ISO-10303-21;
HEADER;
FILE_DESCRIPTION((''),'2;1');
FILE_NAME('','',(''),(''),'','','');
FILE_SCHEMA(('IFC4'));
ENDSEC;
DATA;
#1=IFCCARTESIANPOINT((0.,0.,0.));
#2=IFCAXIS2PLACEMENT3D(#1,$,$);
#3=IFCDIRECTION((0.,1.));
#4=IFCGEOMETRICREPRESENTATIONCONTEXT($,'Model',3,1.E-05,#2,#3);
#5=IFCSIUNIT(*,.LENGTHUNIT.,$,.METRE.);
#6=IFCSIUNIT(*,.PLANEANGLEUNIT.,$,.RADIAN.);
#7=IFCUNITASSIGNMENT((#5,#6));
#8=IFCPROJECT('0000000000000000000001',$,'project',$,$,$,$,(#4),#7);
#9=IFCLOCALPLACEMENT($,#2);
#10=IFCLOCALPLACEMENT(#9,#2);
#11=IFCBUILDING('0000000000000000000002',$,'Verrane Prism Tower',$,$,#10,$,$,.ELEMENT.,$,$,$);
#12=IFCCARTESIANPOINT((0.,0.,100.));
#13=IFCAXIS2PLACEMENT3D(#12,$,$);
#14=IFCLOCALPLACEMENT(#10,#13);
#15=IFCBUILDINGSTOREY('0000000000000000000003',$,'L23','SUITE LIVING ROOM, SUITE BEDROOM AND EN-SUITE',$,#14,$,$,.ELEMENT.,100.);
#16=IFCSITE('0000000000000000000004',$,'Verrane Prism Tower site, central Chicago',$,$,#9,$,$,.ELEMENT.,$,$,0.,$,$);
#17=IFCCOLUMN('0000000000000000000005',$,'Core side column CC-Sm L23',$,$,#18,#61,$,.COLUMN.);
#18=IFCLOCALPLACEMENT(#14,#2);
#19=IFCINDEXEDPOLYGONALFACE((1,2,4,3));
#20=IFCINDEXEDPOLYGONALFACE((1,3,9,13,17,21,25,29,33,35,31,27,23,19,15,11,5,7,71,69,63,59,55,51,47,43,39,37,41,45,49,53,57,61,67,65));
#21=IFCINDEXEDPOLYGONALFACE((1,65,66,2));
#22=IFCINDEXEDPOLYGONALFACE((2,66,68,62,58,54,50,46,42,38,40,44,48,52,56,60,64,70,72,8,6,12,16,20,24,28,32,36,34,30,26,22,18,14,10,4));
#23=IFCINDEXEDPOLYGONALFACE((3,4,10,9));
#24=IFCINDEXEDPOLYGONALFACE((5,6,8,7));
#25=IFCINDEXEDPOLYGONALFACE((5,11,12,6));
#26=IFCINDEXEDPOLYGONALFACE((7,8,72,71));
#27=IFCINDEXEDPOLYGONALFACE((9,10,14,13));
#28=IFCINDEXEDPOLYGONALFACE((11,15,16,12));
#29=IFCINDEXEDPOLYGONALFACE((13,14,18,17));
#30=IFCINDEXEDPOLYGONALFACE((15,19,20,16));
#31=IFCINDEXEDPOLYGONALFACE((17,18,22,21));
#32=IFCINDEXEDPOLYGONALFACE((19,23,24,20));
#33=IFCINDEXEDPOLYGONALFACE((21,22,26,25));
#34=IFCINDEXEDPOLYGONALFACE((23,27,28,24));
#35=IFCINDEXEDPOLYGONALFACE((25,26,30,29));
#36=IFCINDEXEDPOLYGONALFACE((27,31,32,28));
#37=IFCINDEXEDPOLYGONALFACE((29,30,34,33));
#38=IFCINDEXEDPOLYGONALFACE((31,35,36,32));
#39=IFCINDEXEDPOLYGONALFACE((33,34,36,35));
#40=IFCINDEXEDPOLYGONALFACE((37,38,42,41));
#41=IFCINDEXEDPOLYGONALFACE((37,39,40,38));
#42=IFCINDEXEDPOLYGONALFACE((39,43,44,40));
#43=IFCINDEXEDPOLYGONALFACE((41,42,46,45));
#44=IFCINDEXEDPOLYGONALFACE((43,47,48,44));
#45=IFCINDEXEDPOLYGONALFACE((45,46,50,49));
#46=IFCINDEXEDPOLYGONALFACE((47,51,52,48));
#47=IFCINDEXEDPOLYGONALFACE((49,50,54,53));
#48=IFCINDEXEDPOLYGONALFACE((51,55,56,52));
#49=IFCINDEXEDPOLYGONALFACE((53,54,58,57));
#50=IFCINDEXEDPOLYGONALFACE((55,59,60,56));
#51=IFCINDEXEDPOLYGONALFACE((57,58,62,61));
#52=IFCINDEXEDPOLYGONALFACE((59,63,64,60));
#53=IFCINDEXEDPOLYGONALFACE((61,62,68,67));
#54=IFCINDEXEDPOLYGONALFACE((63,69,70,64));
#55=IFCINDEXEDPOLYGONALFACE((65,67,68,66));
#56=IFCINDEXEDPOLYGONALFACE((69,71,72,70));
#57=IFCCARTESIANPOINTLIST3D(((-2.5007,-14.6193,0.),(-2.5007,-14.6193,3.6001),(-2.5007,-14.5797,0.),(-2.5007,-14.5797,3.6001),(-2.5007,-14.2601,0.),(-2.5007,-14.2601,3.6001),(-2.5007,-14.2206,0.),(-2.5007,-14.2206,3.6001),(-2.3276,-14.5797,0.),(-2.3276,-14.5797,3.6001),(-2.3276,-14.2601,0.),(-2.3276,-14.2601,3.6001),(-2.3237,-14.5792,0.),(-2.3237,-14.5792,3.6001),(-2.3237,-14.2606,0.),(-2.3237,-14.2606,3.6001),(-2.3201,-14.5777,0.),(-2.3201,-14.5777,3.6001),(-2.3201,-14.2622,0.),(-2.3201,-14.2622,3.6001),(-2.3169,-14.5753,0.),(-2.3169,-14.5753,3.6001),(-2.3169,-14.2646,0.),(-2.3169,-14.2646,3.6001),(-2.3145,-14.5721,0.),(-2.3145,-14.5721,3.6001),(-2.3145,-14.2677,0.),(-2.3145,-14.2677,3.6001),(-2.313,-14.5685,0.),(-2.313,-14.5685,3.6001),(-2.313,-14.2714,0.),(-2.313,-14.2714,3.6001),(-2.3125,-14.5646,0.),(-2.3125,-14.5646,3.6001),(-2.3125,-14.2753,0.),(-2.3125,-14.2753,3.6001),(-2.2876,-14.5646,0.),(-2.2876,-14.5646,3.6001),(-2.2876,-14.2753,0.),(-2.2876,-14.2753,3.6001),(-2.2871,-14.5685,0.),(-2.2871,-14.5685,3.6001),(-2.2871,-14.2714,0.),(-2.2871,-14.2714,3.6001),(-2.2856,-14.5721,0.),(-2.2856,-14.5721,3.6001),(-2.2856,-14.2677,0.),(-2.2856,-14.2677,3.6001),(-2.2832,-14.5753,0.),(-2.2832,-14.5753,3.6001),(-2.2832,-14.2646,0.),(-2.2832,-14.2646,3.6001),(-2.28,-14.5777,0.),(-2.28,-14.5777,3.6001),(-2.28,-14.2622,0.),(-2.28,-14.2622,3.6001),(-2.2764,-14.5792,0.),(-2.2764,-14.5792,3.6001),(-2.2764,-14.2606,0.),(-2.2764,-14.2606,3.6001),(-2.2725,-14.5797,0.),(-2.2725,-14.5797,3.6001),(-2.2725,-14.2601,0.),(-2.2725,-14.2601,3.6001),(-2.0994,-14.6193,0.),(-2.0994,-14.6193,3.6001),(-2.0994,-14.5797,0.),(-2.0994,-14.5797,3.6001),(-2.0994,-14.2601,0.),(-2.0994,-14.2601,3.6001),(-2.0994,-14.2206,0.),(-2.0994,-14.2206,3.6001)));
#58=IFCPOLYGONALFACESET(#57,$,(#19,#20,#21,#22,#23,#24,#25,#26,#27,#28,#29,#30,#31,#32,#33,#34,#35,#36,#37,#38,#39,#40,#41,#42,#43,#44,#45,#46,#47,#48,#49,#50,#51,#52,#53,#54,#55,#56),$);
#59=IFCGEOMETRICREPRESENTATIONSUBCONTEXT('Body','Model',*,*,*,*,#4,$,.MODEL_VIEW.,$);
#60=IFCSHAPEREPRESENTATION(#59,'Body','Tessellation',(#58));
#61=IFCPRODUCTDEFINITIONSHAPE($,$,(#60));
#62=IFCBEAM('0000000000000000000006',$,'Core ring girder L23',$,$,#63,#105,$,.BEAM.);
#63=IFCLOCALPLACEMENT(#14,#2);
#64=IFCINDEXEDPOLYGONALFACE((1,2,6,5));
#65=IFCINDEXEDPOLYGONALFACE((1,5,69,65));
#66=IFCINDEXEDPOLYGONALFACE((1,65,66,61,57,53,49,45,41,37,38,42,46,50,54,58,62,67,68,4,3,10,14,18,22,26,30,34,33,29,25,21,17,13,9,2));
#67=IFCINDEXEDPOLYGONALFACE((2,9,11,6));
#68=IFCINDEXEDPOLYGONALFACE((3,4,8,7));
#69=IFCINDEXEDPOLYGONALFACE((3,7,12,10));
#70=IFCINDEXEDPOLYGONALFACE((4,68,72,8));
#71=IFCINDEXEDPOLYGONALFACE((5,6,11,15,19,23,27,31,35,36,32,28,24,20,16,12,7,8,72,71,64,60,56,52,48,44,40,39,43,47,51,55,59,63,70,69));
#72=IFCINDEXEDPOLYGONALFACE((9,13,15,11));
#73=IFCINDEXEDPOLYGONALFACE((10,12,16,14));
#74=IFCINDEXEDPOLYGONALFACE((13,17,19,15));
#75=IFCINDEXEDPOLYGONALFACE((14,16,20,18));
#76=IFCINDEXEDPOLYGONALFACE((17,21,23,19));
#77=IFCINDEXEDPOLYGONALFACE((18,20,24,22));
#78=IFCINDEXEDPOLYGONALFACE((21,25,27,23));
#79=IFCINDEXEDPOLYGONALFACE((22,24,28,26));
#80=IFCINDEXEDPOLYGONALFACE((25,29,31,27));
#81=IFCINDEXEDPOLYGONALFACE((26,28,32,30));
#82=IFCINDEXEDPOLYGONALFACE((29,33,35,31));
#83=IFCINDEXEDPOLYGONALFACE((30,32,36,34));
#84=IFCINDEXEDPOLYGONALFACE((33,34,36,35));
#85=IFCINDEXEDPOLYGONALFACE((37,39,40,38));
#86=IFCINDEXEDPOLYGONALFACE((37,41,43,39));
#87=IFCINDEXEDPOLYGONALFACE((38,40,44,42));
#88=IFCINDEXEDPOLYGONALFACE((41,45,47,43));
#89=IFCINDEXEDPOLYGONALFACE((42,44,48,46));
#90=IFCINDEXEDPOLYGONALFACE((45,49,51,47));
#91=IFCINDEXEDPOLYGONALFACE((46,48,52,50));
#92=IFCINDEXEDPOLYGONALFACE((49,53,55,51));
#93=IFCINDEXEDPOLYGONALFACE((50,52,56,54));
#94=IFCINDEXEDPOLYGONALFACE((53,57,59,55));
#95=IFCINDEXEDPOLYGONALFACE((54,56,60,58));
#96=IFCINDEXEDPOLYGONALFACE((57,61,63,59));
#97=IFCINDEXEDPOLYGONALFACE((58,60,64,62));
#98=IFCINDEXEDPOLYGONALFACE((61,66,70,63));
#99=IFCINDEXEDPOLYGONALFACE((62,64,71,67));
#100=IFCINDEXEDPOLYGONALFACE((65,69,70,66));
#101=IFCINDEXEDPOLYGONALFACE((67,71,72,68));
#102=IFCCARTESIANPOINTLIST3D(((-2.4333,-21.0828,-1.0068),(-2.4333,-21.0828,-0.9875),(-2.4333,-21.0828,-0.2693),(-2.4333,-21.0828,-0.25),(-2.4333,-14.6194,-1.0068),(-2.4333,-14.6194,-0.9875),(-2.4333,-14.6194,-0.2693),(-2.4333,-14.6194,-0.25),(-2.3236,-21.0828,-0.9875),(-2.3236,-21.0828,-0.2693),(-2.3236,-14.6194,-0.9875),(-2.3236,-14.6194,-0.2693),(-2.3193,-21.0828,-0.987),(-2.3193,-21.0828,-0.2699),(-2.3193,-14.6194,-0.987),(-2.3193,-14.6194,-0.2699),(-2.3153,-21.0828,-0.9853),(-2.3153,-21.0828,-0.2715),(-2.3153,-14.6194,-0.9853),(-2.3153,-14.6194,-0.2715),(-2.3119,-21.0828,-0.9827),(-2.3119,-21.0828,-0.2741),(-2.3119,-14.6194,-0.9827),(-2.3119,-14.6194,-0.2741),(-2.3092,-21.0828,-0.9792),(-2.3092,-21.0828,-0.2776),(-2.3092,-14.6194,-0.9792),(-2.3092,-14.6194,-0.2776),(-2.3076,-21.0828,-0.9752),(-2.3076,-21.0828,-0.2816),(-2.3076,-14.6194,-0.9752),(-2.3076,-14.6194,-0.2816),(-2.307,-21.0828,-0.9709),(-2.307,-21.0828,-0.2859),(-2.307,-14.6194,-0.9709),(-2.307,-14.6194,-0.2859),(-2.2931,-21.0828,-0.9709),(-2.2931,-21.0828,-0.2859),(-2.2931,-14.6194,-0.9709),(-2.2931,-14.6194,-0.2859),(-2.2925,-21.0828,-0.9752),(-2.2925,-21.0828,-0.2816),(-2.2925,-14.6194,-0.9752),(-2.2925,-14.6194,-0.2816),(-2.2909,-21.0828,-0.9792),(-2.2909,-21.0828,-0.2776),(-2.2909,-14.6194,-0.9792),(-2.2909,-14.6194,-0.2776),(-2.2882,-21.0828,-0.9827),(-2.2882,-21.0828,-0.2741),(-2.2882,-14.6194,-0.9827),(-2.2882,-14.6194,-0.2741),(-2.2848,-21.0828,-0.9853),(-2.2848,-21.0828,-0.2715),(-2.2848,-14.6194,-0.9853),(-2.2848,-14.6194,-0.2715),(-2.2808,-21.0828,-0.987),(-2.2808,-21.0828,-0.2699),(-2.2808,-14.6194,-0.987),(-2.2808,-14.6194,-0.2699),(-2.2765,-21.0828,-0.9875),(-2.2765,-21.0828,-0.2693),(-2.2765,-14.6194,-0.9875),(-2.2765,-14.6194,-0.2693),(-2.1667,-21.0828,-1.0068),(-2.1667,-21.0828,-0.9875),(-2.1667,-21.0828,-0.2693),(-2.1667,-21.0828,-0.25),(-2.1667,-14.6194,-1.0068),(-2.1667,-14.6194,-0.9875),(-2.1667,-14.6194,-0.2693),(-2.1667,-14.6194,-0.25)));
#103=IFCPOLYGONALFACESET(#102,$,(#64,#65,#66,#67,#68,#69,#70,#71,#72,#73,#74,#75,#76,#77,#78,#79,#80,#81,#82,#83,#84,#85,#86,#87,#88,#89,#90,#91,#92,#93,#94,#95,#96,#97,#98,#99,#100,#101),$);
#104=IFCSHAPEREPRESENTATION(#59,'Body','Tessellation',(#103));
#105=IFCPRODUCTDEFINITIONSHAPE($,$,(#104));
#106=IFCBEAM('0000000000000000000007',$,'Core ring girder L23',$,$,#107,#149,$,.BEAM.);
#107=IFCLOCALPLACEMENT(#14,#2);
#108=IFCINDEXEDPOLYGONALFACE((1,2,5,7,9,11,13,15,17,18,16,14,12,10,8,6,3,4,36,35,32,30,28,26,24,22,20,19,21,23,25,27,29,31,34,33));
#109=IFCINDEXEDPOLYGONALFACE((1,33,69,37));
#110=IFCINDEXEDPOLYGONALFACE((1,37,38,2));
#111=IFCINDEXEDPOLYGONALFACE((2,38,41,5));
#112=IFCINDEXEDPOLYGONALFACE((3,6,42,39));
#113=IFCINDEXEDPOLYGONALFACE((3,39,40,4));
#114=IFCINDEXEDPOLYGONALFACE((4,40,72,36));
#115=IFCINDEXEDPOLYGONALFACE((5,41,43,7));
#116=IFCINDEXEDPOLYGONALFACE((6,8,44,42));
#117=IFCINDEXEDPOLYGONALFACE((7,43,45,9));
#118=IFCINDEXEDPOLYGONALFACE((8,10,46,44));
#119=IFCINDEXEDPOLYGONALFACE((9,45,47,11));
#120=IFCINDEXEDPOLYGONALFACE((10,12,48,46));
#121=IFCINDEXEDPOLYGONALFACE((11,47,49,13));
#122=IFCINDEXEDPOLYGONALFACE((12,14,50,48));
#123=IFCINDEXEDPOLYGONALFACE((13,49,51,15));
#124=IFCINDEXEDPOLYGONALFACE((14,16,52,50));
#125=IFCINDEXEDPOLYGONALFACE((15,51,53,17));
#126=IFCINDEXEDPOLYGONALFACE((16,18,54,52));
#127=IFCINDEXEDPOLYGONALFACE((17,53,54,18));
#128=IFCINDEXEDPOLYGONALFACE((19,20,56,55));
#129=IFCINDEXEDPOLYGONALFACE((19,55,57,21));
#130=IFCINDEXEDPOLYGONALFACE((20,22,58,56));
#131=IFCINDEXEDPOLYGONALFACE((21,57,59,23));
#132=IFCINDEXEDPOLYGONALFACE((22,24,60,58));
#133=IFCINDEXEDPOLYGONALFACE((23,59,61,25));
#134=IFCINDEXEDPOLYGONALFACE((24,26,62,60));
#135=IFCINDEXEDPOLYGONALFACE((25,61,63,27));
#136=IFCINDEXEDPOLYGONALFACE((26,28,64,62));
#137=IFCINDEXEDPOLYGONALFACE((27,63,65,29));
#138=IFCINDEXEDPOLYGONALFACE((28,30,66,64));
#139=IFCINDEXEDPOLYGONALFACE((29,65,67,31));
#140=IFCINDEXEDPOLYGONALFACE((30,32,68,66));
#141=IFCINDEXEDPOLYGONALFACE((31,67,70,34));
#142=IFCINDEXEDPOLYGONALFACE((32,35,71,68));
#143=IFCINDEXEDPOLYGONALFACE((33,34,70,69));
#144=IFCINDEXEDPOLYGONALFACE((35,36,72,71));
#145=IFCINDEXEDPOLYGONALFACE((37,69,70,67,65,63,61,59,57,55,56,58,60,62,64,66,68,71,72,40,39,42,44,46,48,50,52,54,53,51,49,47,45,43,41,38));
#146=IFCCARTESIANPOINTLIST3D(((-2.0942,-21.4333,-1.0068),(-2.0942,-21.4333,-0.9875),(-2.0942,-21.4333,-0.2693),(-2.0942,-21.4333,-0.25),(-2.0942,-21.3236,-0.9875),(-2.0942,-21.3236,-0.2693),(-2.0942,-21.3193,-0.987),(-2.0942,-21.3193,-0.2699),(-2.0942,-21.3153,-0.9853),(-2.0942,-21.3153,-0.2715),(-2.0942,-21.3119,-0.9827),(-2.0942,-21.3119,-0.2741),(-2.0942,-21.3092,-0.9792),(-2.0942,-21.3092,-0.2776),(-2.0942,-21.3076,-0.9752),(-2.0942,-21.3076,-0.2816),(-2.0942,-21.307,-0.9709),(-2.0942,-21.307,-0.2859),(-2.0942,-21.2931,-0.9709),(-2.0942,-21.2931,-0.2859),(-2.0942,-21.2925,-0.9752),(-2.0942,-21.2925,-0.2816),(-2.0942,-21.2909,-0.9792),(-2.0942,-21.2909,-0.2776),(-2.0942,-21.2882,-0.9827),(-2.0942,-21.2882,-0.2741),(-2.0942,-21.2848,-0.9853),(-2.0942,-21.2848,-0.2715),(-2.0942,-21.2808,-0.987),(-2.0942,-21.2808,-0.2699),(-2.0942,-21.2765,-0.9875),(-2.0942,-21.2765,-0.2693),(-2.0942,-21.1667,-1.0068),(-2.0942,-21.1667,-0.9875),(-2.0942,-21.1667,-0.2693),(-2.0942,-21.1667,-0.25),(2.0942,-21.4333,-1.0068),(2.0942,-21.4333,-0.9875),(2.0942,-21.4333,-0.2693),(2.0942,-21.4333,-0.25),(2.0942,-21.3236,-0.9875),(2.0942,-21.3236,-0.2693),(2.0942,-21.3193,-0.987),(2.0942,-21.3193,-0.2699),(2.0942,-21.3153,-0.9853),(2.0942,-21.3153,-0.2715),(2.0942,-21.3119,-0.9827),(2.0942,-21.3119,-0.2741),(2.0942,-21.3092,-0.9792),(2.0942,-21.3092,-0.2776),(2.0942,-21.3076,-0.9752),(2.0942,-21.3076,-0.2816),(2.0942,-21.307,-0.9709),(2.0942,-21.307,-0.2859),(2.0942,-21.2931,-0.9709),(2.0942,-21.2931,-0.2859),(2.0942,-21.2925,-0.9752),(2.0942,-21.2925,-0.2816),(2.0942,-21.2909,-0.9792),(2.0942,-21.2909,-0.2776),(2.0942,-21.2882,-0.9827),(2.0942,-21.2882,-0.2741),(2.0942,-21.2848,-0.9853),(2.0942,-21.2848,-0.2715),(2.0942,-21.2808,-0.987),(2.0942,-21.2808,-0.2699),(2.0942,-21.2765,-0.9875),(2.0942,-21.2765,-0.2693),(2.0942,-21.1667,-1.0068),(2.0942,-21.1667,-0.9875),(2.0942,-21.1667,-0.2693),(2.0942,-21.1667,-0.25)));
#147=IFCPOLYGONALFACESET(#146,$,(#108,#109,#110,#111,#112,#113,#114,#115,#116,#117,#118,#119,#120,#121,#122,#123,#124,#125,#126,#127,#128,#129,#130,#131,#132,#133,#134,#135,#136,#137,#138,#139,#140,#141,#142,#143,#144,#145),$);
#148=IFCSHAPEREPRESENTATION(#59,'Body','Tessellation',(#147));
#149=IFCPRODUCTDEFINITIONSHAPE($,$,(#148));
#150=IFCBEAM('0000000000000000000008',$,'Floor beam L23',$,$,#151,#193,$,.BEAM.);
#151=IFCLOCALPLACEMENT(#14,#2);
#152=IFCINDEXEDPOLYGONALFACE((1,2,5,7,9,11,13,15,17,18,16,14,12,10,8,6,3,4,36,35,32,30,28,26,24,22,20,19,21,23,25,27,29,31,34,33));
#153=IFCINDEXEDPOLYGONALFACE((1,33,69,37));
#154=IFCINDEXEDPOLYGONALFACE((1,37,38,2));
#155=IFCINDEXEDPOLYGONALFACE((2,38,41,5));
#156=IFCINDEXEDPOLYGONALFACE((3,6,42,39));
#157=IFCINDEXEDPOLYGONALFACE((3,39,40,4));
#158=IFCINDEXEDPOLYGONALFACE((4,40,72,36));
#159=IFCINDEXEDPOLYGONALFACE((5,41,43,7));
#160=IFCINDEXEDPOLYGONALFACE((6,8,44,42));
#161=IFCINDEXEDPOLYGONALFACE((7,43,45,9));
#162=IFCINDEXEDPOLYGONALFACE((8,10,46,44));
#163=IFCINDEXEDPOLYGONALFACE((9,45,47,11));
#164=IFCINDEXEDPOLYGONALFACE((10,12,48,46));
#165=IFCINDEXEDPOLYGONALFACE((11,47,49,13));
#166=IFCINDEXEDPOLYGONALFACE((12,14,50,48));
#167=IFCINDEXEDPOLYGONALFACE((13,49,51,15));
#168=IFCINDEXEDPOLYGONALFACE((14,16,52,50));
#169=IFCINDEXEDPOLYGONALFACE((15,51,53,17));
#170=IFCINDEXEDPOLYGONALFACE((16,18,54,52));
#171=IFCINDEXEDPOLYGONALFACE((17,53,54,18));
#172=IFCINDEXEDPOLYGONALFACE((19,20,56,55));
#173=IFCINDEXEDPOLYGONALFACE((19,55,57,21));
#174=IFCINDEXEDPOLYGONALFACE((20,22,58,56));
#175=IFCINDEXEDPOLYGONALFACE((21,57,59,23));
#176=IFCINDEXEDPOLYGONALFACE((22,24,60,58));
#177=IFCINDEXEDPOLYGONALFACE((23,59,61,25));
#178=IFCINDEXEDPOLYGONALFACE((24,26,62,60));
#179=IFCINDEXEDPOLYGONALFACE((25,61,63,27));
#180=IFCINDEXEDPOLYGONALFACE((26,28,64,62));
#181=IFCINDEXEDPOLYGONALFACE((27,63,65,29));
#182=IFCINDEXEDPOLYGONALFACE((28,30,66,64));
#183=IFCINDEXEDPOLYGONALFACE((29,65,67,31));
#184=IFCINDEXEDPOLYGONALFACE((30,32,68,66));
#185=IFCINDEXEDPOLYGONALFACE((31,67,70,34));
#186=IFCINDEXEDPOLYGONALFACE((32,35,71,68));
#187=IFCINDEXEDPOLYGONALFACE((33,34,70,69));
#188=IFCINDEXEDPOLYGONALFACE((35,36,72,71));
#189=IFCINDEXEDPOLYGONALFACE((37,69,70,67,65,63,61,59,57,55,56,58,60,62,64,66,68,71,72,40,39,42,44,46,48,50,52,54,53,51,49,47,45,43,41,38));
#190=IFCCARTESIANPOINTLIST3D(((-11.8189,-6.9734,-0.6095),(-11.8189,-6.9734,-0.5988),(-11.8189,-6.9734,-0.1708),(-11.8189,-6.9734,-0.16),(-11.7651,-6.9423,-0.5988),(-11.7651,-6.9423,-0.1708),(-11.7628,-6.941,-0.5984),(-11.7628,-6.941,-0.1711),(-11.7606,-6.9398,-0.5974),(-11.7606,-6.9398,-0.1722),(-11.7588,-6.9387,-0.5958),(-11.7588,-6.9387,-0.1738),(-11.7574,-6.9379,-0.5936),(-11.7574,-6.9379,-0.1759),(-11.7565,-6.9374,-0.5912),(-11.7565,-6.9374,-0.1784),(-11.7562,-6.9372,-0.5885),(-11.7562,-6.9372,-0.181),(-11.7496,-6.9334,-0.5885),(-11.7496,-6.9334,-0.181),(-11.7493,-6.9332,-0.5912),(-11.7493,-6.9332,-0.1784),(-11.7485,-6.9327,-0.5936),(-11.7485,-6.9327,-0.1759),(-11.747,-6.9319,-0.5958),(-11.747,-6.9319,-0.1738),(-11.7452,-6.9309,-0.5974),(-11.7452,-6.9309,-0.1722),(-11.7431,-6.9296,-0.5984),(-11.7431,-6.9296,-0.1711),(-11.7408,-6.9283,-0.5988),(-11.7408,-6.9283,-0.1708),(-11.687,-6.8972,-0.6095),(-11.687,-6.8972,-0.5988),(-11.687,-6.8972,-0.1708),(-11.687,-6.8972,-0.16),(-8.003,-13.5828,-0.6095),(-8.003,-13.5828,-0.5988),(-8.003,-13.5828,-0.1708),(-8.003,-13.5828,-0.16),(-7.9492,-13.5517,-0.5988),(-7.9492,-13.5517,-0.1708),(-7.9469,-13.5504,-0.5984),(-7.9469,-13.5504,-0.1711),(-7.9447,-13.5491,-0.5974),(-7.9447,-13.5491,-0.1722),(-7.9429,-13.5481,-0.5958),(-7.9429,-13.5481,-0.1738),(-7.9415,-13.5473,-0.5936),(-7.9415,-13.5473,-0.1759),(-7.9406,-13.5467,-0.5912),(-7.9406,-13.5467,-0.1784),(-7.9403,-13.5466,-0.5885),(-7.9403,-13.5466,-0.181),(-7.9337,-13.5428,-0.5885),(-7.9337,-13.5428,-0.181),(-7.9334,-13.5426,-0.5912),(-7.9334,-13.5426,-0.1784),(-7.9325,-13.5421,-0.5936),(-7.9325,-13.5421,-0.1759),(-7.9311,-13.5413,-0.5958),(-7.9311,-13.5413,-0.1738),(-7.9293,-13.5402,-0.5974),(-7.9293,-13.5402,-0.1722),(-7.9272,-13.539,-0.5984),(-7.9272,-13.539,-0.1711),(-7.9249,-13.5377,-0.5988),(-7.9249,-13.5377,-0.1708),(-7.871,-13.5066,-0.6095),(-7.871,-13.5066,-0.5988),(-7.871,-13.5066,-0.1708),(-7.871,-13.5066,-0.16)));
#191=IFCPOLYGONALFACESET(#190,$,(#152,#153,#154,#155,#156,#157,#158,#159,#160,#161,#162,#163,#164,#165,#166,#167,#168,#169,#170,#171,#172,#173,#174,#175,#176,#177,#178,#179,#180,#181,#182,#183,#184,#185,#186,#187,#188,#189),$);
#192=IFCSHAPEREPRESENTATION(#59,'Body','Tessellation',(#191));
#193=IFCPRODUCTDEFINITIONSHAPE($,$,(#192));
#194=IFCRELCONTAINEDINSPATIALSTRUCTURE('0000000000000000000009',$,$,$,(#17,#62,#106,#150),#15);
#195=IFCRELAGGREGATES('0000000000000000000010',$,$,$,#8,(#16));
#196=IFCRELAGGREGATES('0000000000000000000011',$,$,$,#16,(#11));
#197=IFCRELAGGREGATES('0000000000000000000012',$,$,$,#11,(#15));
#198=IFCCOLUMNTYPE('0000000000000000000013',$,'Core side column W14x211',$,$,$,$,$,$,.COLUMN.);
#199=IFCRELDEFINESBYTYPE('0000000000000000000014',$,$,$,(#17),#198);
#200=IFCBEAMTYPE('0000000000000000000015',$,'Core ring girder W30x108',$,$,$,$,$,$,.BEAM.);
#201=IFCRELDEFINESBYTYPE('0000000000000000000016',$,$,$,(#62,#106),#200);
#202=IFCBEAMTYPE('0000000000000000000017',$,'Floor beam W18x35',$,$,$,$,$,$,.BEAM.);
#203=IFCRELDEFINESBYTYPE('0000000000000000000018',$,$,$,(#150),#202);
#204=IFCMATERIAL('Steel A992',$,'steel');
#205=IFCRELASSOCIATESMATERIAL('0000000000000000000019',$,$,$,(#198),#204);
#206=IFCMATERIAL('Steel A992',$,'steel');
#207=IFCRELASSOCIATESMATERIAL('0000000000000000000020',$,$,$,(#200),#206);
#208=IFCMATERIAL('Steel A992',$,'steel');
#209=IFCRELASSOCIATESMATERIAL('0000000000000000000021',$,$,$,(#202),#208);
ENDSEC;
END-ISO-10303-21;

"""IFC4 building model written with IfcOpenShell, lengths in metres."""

from ifc_helpers import new_model, si_unit, direction, frame, origin, origin_2d, place, context, subcontext, project, spatial, i_section, extrude, material, material_profile, profile_set, type_object, element, save


model = new_model("IFC4")

# Units and contexts
model_context = context("Model", 3, precision=1e-05, world=origin(), true_north=direction((0.0, 1.0)))
body_context = subcontext(model_context, "Body", "Model", "MODEL_VIEW")
ifc_project = project(units=[si_unit("LENGTHUNIT", "METRE"), si_unit("PLANEANGLEUNIT", "RADIAN")], contexts=[model_context])

# Site, building, storey
site_placement = place(None, origin())
site = spatial("IfcSite", under=ifc_project, at=site_placement, Name="Verrane Prism Tower site, central Chicago", CompositionType="ELEMENT", RefElevation=0.0)
building_placement = place(site_placement, origin())
building = spatial("IfcBuilding", under=site, at=building_placement, Name="Verrane Prism Tower", CompositionType="ELEMENT")
storey_placement = place(building_placement, frame((0.0, 0.0, 100.0)))
storey = spatial("IfcBuildingStorey", under=building, at=storey_placement, Name="L23", Description="SUITE LIVING ROOM, SUITE BEDROOM AND EN-SUITE", CompositionType="ELEMENT", Elevation=100.0)

# Column
ifc_material_1 = material(Name="Steel A992", Category="steel")
ifc_material_profile_1 = material_profile(ifc_material_1, i_section(OverallWidth=0.4014, OverallDepth=0.3987, WebThickness=0.0249, FlangeThickness=0.0396, FilletRadius=0.0151, at=origin_2d()), Name="W14x211")
ifc_profile_set_1 = profile_set([ifc_material_profile_1], Name="Steel A992")
column_type = type_object("IfcColumnType", Name="Core side column W14x211", PredefinedType="COLUMN", material=ifc_profile_set_1)
column_placement = place(storey_placement, frame((-2.3, -14.4199, 0.0), z_axis=(0.0, 0.0, 1.0), x_axis=(1.0, 0.0, 0.0)))
element("IfcColumn", 1, at=column_placement, inside=storey, type_object=column_type, Name="Core side column CC-Sm L23", PredefinedType="COLUMN", context=body_context, shape_type="SweptSolid", body=[
    extrude(i_section(OverallWidth=0.4014, OverallDepth=0.3987, WebThickness=0.0249, FlangeThickness=0.0396, FilletRadius=0.0151, at=origin_2d()), origin(), (0.0, 0.0, 1.0), 3.6001),
])

# Beams
ifc_material_2 = material(Name="Steel A992", Category="steel")
ifc_material_profile_2 = material_profile(ifc_material_2, i_section(OverallWidth=0.2666, OverallDepth=0.7568, WebThickness=0.0139, FlangeThickness=0.0193, FilletRadius=0.0166, at=origin_2d()), Name="W30x108")
ifc_profile_set_2 = profile_set([ifc_material_profile_2], Name="Steel A992")
beam_type_1 = type_object("IfcBeamType", Name="Core ring girder W30x108", PredefinedType="BEAM", material=ifc_profile_set_2)
beam_1_placement = place(storey_placement, frame((-2.3, -14.6194, -0.6284), z_axis=(0.0, -1.0, 0.0), x_axis=(1.0, 0.0, 0.0)))
element("IfcBeam", 2, at=beam_1_placement, inside=storey, type_object=beam_type_1, Name="Core ring girder L23", PredefinedType="BEAM", context=body_context, shape_type="SweptSolid", body=[
    extrude(i_section(OverallWidth=0.2666, OverallDepth=0.7568, WebThickness=0.0139, FlangeThickness=0.0193, FilletRadius=0.0166, at=origin_2d()), origin(), (0.0, 0.0, 1.0), 6.4634),
])
beam_2_placement = place(storey_placement, frame((-2.0942, -21.3, -0.6284), z_axis=(1.0, 0.0, 0.0), x_axis=(0.0, 1.0, 0.0)))
element("IfcBeam", 3, at=beam_2_placement, inside=storey, type_object=beam_type_1, Name="Core ring girder L23", PredefinedType="BEAM", context=body_context, shape_type="SweptSolid", body=[
    extrude(i_section(OverallWidth=0.2666, OverallDepth=0.7568, WebThickness=0.0139, FlangeThickness=0.0193, FilletRadius=0.0166, at=origin_2d()), origin(), (0.0, 0.0, 1.0), 4.1885),
])
ifc_material_3 = material(Name="Steel A992", Category="steel")
ifc_material_profile_3 = material_profile(ifc_material_3, i_section(OverallWidth=0.1523, OverallDepth=0.4495, WebThickness=0.0076, FlangeThickness=0.0107, FilletRadius=0.0103, at=origin_2d()), Name="W18x35")
ifc_profile_set_3 = profile_set([ifc_material_profile_3], Name="Steel A992")
beam_type_2 = type_object("IfcBeamType", Name="Floor beam W18x35", PredefinedType="BEAM", material=ifc_profile_set_3)
beam_3_placement = place(storey_placement, frame((-7.937, -13.5447, -0.3848), z_axis=(-0.499999, 0.866026, 0.0), x_axis=(-0.866026, -0.499999, 0.0)))
element("IfcBeam", 4, at=beam_3_placement, inside=storey, type_object=beam_type_2, Name="Floor beam L23", PredefinedType="BEAM", context=body_context, shape_type="SweptSolid", body=[
    extrude(i_section(OverallWidth=0.1523, OverallDepth=0.4495, WebThickness=0.0076, FlangeThickness=0.0107, FilletRadius=0.0103, at=origin_2d()), origin(), (0.0, 0.0, 1.0), 7.6318),
])

save(model, "model.ifc")
